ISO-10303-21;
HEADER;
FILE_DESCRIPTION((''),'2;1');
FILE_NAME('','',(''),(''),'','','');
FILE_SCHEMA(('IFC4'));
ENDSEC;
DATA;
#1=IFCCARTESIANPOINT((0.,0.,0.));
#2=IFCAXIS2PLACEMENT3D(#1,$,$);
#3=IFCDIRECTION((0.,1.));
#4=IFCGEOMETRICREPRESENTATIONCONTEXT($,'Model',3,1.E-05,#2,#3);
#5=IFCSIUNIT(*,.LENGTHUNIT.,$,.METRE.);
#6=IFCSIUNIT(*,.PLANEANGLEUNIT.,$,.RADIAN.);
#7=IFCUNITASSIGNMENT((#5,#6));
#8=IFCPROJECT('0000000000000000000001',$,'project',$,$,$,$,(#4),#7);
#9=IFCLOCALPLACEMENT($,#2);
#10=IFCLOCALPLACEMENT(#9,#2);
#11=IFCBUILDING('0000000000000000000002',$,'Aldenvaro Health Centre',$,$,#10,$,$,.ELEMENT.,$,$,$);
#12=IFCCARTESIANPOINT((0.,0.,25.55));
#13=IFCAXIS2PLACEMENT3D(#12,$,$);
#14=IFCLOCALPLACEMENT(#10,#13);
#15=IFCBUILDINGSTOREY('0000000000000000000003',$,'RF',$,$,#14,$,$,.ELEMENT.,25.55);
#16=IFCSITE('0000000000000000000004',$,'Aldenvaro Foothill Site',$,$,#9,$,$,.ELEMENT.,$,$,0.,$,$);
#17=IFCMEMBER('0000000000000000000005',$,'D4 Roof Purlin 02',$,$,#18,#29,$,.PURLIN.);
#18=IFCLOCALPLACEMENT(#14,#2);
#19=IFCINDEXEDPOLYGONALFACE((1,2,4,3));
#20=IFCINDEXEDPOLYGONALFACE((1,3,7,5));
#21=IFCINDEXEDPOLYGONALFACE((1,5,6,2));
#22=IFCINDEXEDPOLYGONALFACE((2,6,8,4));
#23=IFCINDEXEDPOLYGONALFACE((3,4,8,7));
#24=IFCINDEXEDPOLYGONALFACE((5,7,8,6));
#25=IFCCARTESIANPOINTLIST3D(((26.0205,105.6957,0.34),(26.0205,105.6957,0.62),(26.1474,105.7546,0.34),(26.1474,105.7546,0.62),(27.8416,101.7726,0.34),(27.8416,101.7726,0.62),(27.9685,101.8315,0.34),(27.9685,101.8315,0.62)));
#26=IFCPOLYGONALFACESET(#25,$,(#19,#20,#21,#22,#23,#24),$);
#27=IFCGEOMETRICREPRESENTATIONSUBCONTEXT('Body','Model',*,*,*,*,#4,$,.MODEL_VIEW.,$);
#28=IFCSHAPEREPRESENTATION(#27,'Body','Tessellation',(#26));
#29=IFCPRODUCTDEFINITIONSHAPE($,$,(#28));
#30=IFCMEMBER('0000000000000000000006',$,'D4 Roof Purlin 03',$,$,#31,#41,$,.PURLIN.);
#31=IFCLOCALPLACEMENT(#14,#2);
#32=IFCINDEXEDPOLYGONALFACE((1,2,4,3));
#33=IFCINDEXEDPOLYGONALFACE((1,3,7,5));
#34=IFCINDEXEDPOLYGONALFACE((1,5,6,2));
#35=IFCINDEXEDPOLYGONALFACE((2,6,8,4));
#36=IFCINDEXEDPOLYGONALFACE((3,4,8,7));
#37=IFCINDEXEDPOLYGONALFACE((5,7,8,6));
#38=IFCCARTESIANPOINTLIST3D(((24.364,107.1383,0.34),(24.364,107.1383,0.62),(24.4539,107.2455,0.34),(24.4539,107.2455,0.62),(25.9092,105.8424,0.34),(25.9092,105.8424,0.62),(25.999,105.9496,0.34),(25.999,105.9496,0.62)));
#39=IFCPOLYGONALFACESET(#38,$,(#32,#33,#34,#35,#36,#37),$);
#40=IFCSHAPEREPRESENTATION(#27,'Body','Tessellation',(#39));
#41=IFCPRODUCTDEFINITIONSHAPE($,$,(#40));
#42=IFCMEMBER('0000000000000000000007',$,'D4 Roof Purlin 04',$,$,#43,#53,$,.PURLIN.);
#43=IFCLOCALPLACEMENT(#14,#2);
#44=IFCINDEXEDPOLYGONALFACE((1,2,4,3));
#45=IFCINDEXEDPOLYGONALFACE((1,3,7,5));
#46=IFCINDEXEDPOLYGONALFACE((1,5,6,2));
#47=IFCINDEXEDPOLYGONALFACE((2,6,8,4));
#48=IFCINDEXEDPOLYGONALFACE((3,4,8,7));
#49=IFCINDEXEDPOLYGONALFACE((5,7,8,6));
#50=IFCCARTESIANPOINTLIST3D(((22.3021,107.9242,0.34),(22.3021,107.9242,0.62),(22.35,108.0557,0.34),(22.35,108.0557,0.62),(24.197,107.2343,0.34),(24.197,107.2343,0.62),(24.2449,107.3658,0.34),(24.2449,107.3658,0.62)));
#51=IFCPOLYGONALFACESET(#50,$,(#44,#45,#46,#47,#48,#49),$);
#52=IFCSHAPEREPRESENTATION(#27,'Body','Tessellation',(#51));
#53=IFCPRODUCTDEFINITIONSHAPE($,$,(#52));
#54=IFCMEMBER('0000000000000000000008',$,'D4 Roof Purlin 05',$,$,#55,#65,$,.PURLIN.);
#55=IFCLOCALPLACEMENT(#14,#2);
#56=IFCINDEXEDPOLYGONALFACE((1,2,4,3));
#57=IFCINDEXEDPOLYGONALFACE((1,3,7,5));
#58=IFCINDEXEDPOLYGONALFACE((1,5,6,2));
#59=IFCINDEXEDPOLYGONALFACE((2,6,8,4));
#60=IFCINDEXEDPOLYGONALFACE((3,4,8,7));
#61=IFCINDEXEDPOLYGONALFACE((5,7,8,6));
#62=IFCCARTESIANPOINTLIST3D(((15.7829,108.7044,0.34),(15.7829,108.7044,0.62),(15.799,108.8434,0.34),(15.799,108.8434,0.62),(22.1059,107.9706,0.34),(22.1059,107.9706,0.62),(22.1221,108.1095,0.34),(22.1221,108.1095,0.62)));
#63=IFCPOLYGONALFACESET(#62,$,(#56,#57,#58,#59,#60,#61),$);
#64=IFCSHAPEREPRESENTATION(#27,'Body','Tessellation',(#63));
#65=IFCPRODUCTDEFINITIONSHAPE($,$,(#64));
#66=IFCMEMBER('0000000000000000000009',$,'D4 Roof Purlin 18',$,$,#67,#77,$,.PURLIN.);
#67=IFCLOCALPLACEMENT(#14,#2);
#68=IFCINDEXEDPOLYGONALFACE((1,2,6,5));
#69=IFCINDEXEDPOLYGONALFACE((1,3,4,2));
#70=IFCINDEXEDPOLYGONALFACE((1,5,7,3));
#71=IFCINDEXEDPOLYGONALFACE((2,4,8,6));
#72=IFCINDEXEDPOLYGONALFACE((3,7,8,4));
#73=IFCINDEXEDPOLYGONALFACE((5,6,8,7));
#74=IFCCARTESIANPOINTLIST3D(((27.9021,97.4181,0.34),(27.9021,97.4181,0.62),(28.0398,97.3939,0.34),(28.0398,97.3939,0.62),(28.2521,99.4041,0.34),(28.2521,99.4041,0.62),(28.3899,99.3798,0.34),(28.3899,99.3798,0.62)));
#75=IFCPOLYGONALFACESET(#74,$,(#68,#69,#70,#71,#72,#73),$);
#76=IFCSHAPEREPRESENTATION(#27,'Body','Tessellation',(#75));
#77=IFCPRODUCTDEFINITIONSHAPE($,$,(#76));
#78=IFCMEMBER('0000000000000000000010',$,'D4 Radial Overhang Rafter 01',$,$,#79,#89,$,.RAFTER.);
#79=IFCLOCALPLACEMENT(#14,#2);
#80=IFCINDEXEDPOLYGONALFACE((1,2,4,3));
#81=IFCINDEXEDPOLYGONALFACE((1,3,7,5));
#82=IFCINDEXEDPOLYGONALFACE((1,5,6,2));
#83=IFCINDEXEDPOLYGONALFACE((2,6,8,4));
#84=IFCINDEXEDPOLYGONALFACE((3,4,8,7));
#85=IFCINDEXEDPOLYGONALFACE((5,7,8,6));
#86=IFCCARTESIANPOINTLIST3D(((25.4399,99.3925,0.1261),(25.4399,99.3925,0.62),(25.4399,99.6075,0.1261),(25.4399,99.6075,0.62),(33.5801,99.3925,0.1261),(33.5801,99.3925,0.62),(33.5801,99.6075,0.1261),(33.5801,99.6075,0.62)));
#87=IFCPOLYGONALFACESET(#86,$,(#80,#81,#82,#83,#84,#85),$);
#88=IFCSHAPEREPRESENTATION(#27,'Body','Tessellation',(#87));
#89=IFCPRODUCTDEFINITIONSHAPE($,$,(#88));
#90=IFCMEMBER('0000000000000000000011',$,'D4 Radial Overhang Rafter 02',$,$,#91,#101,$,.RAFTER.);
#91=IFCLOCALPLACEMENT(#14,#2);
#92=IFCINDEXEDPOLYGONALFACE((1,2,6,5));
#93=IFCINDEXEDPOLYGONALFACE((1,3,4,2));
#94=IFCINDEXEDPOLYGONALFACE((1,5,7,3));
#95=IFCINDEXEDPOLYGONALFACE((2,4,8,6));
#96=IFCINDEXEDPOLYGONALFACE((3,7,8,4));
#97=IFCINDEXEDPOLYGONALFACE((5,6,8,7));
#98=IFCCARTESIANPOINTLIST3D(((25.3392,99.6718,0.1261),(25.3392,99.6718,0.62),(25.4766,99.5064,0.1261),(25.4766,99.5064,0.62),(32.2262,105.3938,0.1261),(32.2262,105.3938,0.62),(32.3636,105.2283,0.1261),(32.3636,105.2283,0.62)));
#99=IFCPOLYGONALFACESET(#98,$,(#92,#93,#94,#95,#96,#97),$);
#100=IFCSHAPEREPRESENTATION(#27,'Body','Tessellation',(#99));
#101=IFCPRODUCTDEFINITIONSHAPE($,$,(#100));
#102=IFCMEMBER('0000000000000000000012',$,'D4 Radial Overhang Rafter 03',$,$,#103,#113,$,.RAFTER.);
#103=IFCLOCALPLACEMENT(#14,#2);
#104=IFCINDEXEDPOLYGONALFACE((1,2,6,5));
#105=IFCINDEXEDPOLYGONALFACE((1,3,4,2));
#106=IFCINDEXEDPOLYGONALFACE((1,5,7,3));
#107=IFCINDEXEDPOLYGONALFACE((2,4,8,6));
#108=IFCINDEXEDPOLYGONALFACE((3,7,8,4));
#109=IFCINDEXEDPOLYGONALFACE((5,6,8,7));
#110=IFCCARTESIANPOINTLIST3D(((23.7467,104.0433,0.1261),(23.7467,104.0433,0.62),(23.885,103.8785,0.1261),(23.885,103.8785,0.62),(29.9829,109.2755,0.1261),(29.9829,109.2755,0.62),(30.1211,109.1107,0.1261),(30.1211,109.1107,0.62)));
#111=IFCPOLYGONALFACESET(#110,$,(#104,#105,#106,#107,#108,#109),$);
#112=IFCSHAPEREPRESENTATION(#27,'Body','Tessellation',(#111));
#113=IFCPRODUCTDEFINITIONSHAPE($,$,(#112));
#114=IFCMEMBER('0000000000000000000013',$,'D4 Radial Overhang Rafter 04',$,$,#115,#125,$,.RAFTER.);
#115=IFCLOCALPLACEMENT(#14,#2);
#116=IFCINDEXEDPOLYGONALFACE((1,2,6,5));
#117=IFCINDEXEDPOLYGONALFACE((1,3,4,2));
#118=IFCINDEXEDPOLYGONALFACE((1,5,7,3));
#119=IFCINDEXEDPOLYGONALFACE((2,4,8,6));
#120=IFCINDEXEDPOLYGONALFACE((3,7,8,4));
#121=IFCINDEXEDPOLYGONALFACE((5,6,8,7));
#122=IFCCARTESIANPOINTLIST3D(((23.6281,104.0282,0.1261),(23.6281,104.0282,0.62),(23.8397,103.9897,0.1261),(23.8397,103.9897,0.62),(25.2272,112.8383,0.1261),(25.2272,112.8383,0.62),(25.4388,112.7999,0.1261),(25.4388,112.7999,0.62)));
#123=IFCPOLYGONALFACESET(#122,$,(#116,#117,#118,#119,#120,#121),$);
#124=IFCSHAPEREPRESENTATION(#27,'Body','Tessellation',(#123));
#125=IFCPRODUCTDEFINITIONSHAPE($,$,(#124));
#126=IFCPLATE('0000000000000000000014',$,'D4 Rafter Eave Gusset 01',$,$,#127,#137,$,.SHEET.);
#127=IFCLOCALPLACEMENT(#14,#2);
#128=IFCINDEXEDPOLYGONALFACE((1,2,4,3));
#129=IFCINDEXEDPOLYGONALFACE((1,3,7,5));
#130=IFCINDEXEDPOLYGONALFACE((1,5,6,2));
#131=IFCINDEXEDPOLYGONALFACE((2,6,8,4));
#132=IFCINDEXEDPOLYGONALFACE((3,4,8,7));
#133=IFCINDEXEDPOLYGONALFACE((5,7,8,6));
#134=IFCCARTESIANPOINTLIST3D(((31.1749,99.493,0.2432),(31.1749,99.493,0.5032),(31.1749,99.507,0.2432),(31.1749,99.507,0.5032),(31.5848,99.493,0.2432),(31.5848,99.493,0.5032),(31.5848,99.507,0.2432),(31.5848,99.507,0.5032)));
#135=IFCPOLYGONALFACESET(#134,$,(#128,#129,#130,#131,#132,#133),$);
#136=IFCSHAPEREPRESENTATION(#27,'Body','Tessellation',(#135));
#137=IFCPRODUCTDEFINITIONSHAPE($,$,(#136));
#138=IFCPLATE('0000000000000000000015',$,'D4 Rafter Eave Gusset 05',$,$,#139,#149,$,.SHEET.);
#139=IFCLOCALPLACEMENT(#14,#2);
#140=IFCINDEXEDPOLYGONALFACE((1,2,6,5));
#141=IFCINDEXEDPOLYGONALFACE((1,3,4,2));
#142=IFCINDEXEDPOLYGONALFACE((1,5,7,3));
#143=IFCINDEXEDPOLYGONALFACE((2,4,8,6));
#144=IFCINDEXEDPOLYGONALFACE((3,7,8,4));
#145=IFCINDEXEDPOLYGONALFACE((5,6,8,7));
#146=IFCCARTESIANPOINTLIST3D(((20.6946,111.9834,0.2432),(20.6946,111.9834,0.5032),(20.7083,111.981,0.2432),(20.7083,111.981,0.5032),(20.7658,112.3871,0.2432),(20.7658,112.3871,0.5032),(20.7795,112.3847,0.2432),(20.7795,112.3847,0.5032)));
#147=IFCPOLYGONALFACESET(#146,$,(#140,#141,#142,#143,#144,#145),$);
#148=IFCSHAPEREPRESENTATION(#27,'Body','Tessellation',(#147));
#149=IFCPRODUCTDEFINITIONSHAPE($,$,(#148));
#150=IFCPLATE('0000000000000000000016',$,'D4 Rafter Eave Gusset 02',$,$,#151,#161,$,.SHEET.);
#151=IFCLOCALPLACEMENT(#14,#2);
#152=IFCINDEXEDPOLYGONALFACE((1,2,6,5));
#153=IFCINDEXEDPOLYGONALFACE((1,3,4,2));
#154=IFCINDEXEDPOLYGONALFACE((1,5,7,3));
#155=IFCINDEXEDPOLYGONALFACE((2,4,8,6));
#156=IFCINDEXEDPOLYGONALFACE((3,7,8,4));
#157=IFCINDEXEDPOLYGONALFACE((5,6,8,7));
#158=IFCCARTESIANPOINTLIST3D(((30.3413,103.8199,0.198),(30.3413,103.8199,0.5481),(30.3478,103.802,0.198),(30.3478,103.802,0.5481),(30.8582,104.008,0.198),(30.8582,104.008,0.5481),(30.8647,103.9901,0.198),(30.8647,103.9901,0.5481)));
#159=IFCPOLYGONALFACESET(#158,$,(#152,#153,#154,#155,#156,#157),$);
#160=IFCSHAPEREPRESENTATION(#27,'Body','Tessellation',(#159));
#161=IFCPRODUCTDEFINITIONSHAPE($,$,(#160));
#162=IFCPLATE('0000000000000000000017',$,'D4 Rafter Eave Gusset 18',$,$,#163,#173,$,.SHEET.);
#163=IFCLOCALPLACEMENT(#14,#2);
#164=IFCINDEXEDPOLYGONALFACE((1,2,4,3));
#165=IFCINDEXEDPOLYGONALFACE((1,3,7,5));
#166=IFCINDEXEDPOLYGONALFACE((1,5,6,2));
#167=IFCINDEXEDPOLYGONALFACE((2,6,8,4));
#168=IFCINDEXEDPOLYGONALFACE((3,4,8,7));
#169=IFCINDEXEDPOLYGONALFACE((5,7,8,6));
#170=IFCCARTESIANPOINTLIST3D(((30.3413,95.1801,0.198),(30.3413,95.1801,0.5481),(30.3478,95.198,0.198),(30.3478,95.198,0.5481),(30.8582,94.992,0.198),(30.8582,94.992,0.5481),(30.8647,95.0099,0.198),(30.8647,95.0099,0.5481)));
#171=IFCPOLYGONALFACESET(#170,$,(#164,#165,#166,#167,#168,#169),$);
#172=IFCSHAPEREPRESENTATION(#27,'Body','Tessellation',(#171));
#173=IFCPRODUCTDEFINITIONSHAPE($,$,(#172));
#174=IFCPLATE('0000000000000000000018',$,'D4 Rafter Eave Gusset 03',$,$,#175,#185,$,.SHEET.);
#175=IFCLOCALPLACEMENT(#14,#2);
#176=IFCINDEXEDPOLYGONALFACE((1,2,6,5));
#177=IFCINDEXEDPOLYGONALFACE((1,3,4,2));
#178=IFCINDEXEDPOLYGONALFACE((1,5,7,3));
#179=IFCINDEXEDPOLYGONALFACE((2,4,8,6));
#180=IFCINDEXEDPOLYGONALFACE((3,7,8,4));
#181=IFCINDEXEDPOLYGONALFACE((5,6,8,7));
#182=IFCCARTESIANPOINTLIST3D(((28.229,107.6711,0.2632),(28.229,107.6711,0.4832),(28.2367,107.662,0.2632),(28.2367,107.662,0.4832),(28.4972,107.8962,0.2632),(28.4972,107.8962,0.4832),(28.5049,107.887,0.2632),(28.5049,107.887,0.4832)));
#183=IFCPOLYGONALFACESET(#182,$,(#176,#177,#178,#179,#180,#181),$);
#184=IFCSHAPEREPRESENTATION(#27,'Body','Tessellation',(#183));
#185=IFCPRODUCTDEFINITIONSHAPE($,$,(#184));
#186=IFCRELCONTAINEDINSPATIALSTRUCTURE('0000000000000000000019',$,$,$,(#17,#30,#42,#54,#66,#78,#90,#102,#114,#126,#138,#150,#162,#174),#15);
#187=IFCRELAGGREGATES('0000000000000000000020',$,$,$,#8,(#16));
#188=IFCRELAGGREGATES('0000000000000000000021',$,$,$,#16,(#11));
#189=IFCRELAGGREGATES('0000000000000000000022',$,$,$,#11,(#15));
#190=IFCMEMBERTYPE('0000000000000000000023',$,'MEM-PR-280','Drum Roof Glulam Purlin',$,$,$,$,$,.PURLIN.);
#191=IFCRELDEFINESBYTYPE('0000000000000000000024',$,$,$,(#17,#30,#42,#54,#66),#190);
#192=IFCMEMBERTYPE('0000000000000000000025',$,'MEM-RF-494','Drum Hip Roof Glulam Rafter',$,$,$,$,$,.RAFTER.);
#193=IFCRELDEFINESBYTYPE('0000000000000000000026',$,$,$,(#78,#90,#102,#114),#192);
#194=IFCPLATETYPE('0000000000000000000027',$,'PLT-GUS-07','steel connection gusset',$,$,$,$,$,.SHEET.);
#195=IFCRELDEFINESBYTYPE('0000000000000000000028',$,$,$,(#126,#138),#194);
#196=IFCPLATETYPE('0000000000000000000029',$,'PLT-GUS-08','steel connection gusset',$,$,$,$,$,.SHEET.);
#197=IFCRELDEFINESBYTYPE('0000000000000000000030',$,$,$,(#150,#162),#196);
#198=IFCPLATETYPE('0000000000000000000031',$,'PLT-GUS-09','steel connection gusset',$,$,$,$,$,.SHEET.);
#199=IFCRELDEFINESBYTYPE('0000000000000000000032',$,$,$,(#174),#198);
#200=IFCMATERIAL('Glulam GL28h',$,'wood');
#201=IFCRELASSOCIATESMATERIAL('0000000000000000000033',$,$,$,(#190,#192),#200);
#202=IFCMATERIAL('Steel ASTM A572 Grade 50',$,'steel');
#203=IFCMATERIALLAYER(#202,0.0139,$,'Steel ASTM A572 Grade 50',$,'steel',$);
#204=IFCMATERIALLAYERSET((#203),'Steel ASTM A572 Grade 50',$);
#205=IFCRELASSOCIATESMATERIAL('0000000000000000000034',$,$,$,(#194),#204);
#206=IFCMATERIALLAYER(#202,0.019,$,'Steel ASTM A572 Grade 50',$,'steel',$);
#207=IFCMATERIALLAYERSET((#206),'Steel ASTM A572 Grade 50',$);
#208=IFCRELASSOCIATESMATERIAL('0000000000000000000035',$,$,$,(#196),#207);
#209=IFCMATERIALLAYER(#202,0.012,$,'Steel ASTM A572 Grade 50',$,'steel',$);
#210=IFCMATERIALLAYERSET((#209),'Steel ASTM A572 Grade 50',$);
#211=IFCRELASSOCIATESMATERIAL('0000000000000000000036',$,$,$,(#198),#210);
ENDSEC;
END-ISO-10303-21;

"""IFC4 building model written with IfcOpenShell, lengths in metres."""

from ifc_helpers import new_model, si_unit, direction, frame, origin, origin_2d, place, context, subcontext, project, spatial, rectangle, extrude, material, layer, layer_set, material_profile, profile_set, type_object, element, save


model = new_model("IFC4")

# Units and contexts
model_context = context("Model", 3, precision=1e-05, world=origin(), true_north=direction((0.0, 1.0)))
body_context = subcontext(model_context, "Body", "Model", "MODEL_VIEW")
ifc_project = project(units=[si_unit("LENGTHUNIT", "METRE"), si_unit("PLANEANGLEUNIT", "RADIAN")], contexts=[model_context])

# Site, building, storey
site_placement = place(None, origin())
site = spatial("IfcSite", under=ifc_project, at=site_placement, Name="Aldenvaro Foothill Site", CompositionType="ELEMENT", RefElevation=0.0)
building_placement = place(site_placement, origin())
building = spatial("IfcBuilding", under=site, at=building_placement, Name="Aldenvaro Health Centre", CompositionType="ELEMENT")
storey_placement = place(building_placement, frame((0.0, 0.0, 25.55)))
storey = spatial("IfcBuildingStorey", under=building, at=storey_placement, Name="RF", CompositionType="ELEMENT", Elevation=25.55)

# Shared definitions
ifc_material_1 = material(Name="Glulam GL28h", Category="wood")

# Members
ifc_material_profile_1 = material_profile(ifc_material_1, rectangle(XDim=0.1399, YDim=0.28, at=origin_2d()), Name="GL 140x280", Category="wood")
ifc_profile_set_1 = profile_set([ifc_material_profile_1], Name="Glulam GL28h")
member_type_1 = type_object("IfcMemberType", Name="MEM-PR-280", Description="Drum Roof Glulam Purlin", PredefinedType="PURLIN", material=ifc_profile_set_1)
member_1_placement = place(storey_placement, frame((27.905, 101.802, 0.48), z_axis=(-0.421037, 0.907044, 0.0), x_axis=(-0.907044, -0.421037, 0.0)))
element("IfcMember", 1, at=member_1_placement, inside=storey, type_object=member_type_1, Name="D4 Roof Purlin 02", PredefinedType="PURLIN", context=body_context, shape_type="SweptSolid", body=[
    extrude(rectangle(XDim=0.1399, YDim=0.28, at=origin_2d()), origin(), (0.0, 0.0, 1.0), 4.3252),
])
for number, where, z_axis, x_axis, name in (
    (2, (25.9541, 105.896, 0.48), (-0.766203, 0.642599, 0.0), (-0.642599, -0.766203, 0.0), "D4 Roof Purlin 03"),
    (3, (24.2209, 107.3, 0.48), (-0.939659, 0.342112, 0.0), (-0.342112, -0.939659, 0.0), "D4 Roof Purlin 04"),
):
    element("IfcMember", number, at=place(storey_placement, frame(where, z_axis=z_axis, x_axis=x_axis)), inside=storey, type_object=member_type_1, Name=name, PredefinedType="PURLIN", context=body_context, shape_type="SweptSolid", body=[
        extrude(rectangle(XDim=0.1399, YDim=0.28, at=origin_2d()), origin(), (0.0, 0.0, 1.0), 2.0166),
    ])
member_2_placement = place(storey_placement, frame((22.114, 108.04, 0.48), z_axis=(-0.993332, 0.115292, 0.0), x_axis=(-0.115292, -0.993332, 0.0)))
element("IfcMember", 4, at=member_2_placement, inside=storey, type_object=member_type_1, Name="D4 Roof Purlin 05", PredefinedType="PURLIN", context=body_context, shape_type="SweptSolid", body=[
    extrude(rectangle(XDim=0.1399, YDim=0.28, at=origin_2d()), origin(), (0.0, 0.0, 1.0), 6.3655),
])
member_3_placement = place(storey_placement, frame((27.9709, 97.406, 0.48), z_axis=(0.173599, 0.984816, 0.0), x_axis=(-0.984816, 0.173599, 0.0)))
element("IfcMember", 5, at=member_3_placement, inside=storey, type_object=member_type_1, Name="D4 Roof Purlin 18", PredefinedType="PURLIN", context=body_context, shape_type="SweptSolid", body=[
    extrude(rectangle(XDim=0.1399, YDim=0.28, at=origin_2d()), origin(), (0.0, 0.0, 1.0), 2.0166),
])
ifc_material_profile_2 = material_profile(ifc_material_1, rectangle(XDim=0.2151, YDim=0.4939, at=origin_2d()), Name="GL 215x494", Category="wood")
ifc_profile_set_2 = profile_set([ifc_material_profile_2], Name="Glulam GL28h")
member_type_2 = type_object("IfcMemberType", Name="MEM-RF-494", Description="Drum Hip Roof Glulam Rafter", PredefinedType="RAFTER", material=ifc_profile_set_2)
member_4_placement = place(storey_placement, frame((33.5801, 99.5, 0.373), z_axis=(-1.0, 0.0, 0.0), x_axis=(0.0, -1.0, 0.0)))
element("IfcMember", 6, at=member_4_placement, inside=storey, type_object=member_type_2, Name="D4 Radial Overhang Rafter 01", PredefinedType="RAFTER", context=body_context, shape_type="SweptSolid", body=[
    extrude(rectangle(XDim=0.2151, YDim=0.4939, at=origin_2d()), origin(), (0.0, 0.0, 1.0), 8.1401),
])
member_5_placement = place(storey_placement, frame((32.2949, 105.311, 0.373), z_axis=(-0.769166, -0.639049, 0.0), x_axis=(0.639049, -0.769166, 0.0)))
element("IfcMember", 7, at=member_5_placement, inside=storey, type_object=member_type_2, Name="D4 Radial Overhang Rafter 02", PredefinedType="RAFTER", context=body_context, shape_type="SweptSolid", body=[
    extrude(rectangle(XDim=0.2151, YDim=0.4939, at=origin_2d()), origin(), (0.0, 0.0, 1.0), 8.9539),
])
member_6_placement = place(storey_placement, frame((30.052, 109.1931, 0.373), z_axis=(-0.766076, -0.64275, 0.0), x_axis=(0.64275, -0.766076, 0.0)))
element("IfcMember", 8, at=member_6_placement, inside=storey, type_object=member_type_2, Name="D4 Radial Overhang Rafter 03", PredefinedType="RAFTER", context=body_context, shape_type="SweptSolid", body=[
    extrude(rectangle(XDim=0.2151, YDim=0.4939, at=origin_2d()), origin(), (0.0, 0.0, 1.0), 8.1404),
])
member_7_placement = place(storey_placement, frame((25.333, 112.8191, 0.373), z_axis=(-0.178593, -0.983923, 0.0), x_axis=(0.983923, -0.178593, 0.0)))
element("IfcMember", 9, at=member_7_placement, inside=storey, type_object=member_type_2, Name="D4 Radial Overhang Rafter 04", PredefinedType="RAFTER", context=body_context, shape_type="SweptSolid", body=[
    extrude(rectangle(XDim=0.2151, YDim=0.4939, at=origin_2d()), origin(), (0.0, 0.0, 1.0), 8.9541),
])

# Plates
ifc_material_2 = material(Name="Steel ASTM A572 Grade 50", Category="steel")
ifc_layer_1 = layer(ifc_material_2, 0.0139, Name="Steel ASTM A572 Grade 50", Category="steel")
ifc_layer_set_1 = layer_set([ifc_layer_1], Name="Steel ASTM A572 Grade 50")
plate_type_1 = type_object("IfcPlateType", Name="PLT-GUS-07", Description="steel connection gusset", PredefinedType="SHEET", material=ifc_layer_set_1)
for number, where, z_axis, x_axis, name in (
    (10, (31.3799, 99.5, 0.2432), (0.0, 0.0, 1.0), (1.0, 0.0, 0.0), "D4 Rafter Eave Gusset 01"),
    (11, (20.7371, 112.1841, 0.2432), (0.0, 0.0, 1.0), (0.173683, 0.984802, 0.0), "D4 Rafter Eave Gusset 05"),
):
    element("IfcPlate", number, at=place(storey_placement, frame(where, z_axis=z_axis, x_axis=x_axis)), inside=storey, type_object=plate_type_1, Name=name, PredefinedType="SHEET", context=body_context, shape_type="SweptSolid", body=[
        extrude(rectangle(XDim=0.4099, YDim=0.0139, at=origin_2d()), origin(), (0.0, 0.0, 1.0), 0.26),
    ])
ifc_layer_2 = layer(ifc_material_2, 0.019, Name="Steel ASTM A572 Grade 50", Category="steel")
ifc_layer_set_2 = layer_set([ifc_layer_2], Name="Steel ASTM A572 Grade 50")
plate_type_2 = type_object("IfcPlateType", Name="PLT-GUS-08", Description="steel connection gusset", PredefinedType="SHEET", material=ifc_layer_set_2)
for number, where, z_axis, x_axis, name in (
    (12, (30.603, 103.905, 0.198), (0.0, 0.0, 1.0), (0.939696, 0.342011, 0.0), "D4 Rafter Eave Gusset 02"),
    (13, (30.603, 95.095, 0.198), (0.0, 0.0, 1.0), (0.939696, -0.342011, 0.0), "D4 Rafter Eave Gusset 18"),
):
    element("IfcPlate", number, at=place(storey_placement, frame(where, z_axis=z_axis, x_axis=x_axis)), inside=storey, type_object=plate_type_2, Name=name, PredefinedType="SHEET", context=body_context, shape_type="SweptSolid", body=[
        extrude(rectangle(XDim=0.55, YDim=0.019, at=origin_2d()), origin(), (0.0, 0.0, 1.0), 0.3501),
    ])
ifc_layer_3 = layer(ifc_material_2, 0.012, Name="Steel ASTM A572 Grade 50", Category="steel")
ifc_layer_set_3 = layer_set([ifc_layer_3], Name="Steel ASTM A572 Grade 50")
plate_type_3 = type_object("IfcPlateType", Name="PLT-GUS-09", Description="steel connection gusset", PredefinedType="SHEET", material=ifc_layer_set_3)
plate_1_placement = place(storey_placement, frame((28.3669, 107.7791, 0.2632), z_axis=(0.0, 0.0, 1.0), x_axis=(0.76606, 0.64277, 0.0)))
element("IfcPlate", 14, at=plate_1_placement, inside=storey, type_object=plate_type_3, Name="D4 Rafter Eave Gusset 03", PredefinedType="SHEET", context=body_context, shape_type="SweptSolid", body=[
    extrude(rectangle(XDim=0.3501, YDim=0.012, at=origin_2d()), origin(), (0.0, 0.0, 1.0), 0.22),
])

save(model, "model.ifc")
